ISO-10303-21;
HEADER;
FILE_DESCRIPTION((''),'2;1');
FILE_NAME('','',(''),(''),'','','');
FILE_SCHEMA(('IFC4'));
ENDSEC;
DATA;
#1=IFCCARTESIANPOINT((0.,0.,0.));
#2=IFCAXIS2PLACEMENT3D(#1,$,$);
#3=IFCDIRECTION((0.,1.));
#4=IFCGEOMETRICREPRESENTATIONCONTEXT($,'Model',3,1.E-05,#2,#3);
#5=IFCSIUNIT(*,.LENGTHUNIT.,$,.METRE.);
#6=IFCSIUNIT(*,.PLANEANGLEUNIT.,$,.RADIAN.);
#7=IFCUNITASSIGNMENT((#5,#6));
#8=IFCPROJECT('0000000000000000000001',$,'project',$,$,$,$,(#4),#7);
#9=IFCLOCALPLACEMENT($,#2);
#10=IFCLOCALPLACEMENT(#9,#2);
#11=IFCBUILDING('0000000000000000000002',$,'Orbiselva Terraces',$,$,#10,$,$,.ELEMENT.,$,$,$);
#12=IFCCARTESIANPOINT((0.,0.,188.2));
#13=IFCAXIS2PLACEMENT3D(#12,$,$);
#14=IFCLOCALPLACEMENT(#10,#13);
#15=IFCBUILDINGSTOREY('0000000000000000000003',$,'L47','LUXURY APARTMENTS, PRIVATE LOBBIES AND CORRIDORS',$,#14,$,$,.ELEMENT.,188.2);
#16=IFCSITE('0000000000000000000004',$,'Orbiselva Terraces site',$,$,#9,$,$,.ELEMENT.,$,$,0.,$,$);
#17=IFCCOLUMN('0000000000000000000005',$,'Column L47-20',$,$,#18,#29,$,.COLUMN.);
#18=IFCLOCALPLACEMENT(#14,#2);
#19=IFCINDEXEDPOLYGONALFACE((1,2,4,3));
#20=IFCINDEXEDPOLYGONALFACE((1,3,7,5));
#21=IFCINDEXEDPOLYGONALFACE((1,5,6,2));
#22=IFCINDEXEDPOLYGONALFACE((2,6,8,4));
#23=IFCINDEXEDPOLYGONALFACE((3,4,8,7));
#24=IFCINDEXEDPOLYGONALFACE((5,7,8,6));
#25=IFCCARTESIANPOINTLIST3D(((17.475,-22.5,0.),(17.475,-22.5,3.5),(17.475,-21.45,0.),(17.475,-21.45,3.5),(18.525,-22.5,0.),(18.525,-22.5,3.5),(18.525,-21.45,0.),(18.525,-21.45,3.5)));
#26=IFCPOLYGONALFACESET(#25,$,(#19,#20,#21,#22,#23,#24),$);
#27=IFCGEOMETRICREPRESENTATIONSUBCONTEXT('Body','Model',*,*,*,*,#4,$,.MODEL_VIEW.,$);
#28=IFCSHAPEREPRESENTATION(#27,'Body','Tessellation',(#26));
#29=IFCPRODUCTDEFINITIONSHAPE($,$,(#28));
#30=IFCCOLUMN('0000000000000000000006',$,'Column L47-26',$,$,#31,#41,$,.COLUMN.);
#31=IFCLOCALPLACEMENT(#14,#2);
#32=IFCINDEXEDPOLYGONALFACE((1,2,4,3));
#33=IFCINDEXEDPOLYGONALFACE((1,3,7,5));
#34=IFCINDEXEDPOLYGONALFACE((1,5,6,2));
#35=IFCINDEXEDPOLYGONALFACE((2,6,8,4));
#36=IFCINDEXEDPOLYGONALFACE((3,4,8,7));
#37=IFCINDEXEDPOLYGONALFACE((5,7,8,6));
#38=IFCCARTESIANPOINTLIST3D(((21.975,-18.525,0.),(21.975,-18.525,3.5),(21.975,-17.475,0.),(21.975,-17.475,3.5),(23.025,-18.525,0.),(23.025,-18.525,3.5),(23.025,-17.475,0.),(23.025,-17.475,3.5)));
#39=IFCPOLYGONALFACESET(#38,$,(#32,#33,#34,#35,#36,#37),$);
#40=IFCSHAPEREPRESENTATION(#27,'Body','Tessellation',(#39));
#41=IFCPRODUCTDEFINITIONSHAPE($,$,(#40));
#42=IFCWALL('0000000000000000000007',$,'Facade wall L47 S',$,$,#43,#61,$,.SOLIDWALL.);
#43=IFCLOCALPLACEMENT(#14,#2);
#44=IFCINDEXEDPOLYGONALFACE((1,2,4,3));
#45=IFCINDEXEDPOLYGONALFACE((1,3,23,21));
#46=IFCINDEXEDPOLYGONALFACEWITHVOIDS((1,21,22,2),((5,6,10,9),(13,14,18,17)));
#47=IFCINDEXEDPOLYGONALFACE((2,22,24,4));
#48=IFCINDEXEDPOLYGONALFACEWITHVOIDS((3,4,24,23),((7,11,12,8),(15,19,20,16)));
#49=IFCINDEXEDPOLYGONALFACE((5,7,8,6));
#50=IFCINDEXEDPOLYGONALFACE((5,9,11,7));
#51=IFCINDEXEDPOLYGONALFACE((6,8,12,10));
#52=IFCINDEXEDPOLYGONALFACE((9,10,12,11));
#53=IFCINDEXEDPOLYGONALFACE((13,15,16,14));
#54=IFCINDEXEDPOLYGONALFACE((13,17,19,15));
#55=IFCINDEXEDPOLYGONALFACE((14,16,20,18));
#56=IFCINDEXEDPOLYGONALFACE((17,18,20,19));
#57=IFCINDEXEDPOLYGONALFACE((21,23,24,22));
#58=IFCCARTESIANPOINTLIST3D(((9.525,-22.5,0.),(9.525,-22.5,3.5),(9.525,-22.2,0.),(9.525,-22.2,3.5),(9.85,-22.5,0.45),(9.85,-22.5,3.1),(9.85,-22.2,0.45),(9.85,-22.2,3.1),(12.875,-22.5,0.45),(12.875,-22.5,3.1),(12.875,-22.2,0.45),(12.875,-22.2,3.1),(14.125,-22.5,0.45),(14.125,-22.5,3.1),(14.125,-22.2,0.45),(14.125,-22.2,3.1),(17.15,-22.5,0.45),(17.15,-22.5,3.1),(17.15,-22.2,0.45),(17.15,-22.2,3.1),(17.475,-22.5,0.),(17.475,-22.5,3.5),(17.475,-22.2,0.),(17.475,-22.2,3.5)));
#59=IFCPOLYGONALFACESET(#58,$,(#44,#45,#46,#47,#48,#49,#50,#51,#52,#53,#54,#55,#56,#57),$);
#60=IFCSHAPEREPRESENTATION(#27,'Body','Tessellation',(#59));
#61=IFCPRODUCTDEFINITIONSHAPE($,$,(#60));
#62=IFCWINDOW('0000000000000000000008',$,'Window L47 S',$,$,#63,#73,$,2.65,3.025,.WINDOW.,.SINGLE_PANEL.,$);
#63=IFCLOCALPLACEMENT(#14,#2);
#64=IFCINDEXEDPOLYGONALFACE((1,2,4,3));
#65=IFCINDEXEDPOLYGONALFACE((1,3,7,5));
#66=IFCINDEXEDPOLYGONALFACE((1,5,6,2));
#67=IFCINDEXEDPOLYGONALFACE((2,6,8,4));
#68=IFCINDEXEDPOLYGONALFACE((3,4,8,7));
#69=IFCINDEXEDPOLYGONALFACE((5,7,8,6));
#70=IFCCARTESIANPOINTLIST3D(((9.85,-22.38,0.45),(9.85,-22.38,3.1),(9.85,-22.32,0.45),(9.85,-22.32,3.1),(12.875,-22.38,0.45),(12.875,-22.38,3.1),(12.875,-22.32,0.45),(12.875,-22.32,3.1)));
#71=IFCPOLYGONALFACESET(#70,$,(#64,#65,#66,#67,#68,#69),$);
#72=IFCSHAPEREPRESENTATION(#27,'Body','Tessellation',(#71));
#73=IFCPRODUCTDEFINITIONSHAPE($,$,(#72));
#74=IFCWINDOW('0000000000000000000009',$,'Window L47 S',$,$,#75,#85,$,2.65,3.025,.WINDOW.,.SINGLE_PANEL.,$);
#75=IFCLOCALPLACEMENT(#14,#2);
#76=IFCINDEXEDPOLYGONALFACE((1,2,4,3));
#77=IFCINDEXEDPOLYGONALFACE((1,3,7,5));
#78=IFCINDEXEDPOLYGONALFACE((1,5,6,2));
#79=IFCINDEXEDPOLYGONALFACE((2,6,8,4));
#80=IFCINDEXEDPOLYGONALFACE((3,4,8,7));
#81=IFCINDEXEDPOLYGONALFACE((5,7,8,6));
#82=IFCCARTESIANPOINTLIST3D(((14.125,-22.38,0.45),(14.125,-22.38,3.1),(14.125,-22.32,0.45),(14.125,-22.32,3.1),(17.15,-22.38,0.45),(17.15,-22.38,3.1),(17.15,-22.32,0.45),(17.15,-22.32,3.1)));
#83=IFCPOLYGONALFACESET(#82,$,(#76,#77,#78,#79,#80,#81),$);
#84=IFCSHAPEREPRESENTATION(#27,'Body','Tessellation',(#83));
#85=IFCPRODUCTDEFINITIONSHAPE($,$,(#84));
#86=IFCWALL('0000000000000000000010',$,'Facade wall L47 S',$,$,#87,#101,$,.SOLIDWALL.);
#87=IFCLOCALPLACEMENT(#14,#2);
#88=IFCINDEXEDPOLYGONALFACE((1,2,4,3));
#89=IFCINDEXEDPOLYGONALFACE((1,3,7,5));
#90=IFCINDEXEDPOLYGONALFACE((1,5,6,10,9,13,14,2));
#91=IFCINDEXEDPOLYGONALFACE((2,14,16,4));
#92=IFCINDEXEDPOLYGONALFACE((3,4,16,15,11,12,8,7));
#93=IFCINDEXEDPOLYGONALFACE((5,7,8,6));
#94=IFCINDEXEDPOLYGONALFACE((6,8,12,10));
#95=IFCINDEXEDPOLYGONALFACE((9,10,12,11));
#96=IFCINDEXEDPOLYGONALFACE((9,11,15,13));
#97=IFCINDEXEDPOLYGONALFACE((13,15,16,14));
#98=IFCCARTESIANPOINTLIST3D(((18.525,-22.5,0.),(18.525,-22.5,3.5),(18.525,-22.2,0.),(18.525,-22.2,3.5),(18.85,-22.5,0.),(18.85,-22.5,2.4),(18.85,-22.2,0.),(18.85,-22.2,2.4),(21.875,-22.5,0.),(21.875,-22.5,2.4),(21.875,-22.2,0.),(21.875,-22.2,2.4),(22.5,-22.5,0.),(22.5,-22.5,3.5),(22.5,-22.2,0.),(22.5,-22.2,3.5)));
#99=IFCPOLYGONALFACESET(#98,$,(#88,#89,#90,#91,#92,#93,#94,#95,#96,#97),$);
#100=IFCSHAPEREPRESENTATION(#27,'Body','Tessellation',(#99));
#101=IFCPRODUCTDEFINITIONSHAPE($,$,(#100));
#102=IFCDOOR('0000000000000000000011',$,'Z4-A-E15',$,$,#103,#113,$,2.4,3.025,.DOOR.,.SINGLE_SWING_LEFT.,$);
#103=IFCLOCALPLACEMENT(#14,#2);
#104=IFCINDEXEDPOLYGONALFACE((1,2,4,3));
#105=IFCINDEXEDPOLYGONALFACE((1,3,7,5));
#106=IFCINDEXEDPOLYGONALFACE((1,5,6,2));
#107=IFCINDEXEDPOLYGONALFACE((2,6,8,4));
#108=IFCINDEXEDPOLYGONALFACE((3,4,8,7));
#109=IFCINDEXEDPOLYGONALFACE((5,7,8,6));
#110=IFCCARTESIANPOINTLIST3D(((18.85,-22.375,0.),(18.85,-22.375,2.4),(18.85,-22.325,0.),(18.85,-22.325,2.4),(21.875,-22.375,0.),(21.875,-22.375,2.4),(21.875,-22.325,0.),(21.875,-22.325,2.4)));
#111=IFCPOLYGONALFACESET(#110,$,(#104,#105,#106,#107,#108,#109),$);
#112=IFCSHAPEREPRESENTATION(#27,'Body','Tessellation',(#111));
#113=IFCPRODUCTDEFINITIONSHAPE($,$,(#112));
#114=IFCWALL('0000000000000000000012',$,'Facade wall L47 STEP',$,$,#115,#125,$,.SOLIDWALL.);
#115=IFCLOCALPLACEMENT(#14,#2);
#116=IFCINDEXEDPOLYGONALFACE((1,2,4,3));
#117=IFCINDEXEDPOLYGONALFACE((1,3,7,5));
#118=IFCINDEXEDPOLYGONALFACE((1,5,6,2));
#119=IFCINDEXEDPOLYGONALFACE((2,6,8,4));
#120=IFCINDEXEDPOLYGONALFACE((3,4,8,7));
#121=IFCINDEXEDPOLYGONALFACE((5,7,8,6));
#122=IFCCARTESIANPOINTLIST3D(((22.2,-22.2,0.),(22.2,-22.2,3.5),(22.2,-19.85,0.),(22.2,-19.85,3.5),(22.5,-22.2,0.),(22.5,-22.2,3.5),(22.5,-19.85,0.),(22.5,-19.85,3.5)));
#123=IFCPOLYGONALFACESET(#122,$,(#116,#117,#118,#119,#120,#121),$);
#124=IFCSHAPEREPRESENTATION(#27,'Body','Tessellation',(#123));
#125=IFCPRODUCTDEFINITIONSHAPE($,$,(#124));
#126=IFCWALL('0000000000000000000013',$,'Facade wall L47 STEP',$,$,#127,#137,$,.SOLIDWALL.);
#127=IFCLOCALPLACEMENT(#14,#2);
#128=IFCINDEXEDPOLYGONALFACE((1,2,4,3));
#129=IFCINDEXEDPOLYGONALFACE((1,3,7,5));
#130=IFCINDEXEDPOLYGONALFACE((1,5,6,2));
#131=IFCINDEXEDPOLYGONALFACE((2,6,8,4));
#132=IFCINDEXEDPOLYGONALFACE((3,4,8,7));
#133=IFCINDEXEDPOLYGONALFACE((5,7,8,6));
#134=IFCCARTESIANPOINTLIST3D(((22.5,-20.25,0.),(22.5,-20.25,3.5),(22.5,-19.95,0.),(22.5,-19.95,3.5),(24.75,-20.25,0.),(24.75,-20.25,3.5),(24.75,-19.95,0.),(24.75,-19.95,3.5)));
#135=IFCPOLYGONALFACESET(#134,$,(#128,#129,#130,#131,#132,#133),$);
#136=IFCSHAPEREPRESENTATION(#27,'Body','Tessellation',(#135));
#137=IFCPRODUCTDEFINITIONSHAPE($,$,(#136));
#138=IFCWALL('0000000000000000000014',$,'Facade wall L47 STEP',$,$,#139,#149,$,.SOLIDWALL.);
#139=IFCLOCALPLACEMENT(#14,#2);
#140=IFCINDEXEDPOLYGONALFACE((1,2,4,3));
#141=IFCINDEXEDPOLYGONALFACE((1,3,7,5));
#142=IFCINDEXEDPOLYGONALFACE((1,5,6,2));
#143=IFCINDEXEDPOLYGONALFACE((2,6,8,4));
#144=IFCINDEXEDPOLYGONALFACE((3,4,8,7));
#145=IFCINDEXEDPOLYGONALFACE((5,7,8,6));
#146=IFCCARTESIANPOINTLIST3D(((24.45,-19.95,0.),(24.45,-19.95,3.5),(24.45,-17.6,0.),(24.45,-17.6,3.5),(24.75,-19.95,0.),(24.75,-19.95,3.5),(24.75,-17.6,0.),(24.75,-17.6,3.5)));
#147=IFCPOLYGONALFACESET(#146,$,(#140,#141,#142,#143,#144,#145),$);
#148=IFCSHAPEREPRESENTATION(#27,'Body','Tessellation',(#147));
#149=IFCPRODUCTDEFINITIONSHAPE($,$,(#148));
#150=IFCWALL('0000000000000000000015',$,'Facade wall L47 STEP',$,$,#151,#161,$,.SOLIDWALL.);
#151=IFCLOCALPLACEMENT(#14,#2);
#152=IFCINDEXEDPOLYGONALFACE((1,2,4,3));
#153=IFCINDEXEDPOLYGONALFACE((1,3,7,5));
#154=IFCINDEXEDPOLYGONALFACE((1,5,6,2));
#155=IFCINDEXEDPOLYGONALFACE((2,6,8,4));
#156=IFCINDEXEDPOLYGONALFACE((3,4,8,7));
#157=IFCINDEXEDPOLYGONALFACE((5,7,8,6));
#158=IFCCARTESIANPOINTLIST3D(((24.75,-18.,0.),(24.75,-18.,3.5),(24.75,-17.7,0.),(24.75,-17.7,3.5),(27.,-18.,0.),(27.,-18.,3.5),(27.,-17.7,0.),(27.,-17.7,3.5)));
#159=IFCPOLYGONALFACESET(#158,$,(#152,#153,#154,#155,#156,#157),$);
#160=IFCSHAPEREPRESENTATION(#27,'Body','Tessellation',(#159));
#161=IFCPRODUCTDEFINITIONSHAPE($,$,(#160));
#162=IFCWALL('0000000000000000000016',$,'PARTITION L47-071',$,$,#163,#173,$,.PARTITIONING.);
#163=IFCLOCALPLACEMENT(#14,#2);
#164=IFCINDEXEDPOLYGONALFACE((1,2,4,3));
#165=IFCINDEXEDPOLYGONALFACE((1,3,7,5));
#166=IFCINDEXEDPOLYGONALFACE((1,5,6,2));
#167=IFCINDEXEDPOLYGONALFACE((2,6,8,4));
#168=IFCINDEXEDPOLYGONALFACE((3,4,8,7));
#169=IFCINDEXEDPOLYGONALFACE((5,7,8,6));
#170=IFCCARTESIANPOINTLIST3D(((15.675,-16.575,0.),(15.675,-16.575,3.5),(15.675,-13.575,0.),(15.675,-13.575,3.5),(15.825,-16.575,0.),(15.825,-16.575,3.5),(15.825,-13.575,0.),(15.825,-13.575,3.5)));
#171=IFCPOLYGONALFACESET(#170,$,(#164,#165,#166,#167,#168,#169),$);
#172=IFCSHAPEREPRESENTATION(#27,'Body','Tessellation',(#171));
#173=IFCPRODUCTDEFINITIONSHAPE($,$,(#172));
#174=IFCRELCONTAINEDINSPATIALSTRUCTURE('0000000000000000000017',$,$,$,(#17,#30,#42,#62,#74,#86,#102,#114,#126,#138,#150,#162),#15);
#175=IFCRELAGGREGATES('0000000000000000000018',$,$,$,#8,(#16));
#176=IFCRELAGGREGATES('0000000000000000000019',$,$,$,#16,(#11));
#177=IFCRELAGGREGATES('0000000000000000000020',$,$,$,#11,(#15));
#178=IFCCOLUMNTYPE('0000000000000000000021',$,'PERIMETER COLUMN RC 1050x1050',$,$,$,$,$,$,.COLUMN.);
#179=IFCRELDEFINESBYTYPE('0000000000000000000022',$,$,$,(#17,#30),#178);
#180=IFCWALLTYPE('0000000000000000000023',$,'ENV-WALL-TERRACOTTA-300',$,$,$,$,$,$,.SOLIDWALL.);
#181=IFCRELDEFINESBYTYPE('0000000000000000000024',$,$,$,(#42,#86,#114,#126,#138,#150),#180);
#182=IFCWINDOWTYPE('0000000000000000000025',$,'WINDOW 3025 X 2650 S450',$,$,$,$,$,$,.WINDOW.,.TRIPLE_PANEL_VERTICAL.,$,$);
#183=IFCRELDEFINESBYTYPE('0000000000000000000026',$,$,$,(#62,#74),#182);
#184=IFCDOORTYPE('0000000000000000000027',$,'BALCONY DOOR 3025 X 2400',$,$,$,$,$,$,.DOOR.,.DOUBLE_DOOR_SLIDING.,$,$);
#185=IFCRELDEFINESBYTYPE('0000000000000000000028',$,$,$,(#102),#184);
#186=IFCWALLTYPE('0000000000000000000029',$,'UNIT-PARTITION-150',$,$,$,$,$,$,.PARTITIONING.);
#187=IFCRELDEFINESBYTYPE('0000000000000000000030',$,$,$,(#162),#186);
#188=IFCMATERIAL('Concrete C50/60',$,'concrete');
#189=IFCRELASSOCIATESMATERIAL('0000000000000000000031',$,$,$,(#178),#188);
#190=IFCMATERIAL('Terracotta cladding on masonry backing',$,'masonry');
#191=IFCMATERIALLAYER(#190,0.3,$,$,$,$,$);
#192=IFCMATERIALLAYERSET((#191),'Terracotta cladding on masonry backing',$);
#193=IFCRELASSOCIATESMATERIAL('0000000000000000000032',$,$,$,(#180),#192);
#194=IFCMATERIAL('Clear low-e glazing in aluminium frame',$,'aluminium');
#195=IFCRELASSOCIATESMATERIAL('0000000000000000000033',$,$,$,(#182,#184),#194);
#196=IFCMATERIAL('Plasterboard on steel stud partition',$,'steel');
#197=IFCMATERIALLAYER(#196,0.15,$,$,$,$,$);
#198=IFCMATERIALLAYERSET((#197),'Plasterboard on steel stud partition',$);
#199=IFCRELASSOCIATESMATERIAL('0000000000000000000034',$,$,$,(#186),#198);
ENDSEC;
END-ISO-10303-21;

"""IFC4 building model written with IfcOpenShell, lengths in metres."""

from ifc_helpers import new_model, si_unit, direction, frame, frame_2d, origin, origin_2d, place, context, subcontext, project, spatial, rectangle, extrude, material, layer, layer_set, material_profile, profile_set, type_object, element, fill, save


model = new_model("IFC4")

# Units and contexts
model_context = context("Model", 3, precision=1e-05, world=origin(), true_north=direction((0.0, 1.0)))
body_context = subcontext(model_context, "Body", "Model", "MODEL_VIEW")
ifc_project = project(units=[si_unit("LENGTHUNIT", "METRE"), si_unit("PLANEANGLEUNIT", "RADIAN")], contexts=[model_context])

# Site, building, storey
site_placement = place(None, origin())
site = spatial("IfcSite", under=ifc_project, at=site_placement, Name="Orbiselva Terraces site", CompositionType="ELEMENT", RefElevation=0.0)
building_placement = place(site_placement, origin())
building = spatial("IfcBuilding", under=site, at=building_placement, Name="Orbiselva Terraces", CompositionType="ELEMENT")
storey_placement = place(building_placement, frame((0.0, 0.0, 188.2)))
storey = spatial("IfcBuildingStorey", under=building, at=storey_placement, Name="L47", Description="LUXURY APARTMENTS, PRIVATE LOBBIES AND CORRIDORS", CompositionType="ELEMENT", Elevation=188.2)

# Columns
ifc_material_1 = material(Name="Concrete C50/60", Category="concrete")
ifc_material_profile = material_profile(ifc_material_1, rectangle(XDim=1.05, YDim=1.05, at=origin_2d()), Name="RC 1050x1050")
ifc_profile_set = profile_set([ifc_material_profile], Name="Concrete C50/60")
column_type = type_object("IfcColumnType", Name="PERIMETER COLUMN RC 1050x1050", PredefinedType="COLUMN", material=ifc_profile_set)
for number, where, z_axis, x_axis, name in (
    (1, (18.0, -21.975, 0.0), (0.0, 0.0, 1.0), (1.0, 0.0, 0.0), "Column L47-20"),
    (2, (22.5, -18.0, 0.0), (0.0, 0.0, 1.0), (1.0, 0.0, 0.0), "Column L47-26"),
):
    element("IfcColumn", number, at=place(storey_placement, frame(where, z_axis=z_axis, x_axis=x_axis)), inside=storey, type_object=column_type, Name=name, PredefinedType="COLUMN", context=body_context, shape_type="SweptSolid", body=[
        extrude(rectangle(XDim=1.05, YDim=1.05, at=origin_2d()), origin(), (0.0, 0.0, 1.0), 3.5),
    ])

# Wall, openings, windows
ifc_material_2 = material(Name="Terracotta cladding on masonry backing", Category="masonry")
ifc_layer_1 = layer(ifc_material_2, 0.3)
ifc_layer_set_1 = layer_set([ifc_layer_1], Name="Terracotta cladding on masonry backing")
wall_type_1 = type_object("IfcWallType", Name="ENV-WALL-TERRACOTTA-300", PredefinedType="SOLIDWALL", material=ifc_layer_set_1)
wall_1_placement = place(storey_placement, frame((17.475, -22.35, 0.0), z_axis=(0.0, 0.0, 1.0), x_axis=(-1.0, 0.0, 0.0)))
wall_1 = element("IfcWall", 3, at=wall_1_placement, inside=storey, type_object=wall_type_1, Name="Facade wall L47 S", PredefinedType="SOLIDWALL", context=body_context, shape_type="SweptSolid", body=[
    extrude(rectangle(XDim=7.95, YDim=0.3, at=frame_2d((3.975, 0.0))), origin(), (0.0, 0.0, 1.0), 3.5),
])
opening_1_placement = place(wall_1_placement, frame((4.6, 0.0, 0.45)))
opening_1 = element("IfcOpeningElement", 4, at=opening_1_placement, cuts=wall_1, PredefinedType="OPENING", context=body_context, shape_type="SweptSolid", body=[
    extrude(rectangle(XDim=3.025, YDim=2.65, at=frame_2d((1.5125, 1.325))), frame((0.0, 0.16, 0.0), z_axis=(0.0, -1.0, 0.0), x_axis=(1.0, 0.0, 0.0)), (0.0, 0.0, 1.0), 0.32),
])
opening_2_placement = place(wall_1_placement, frame((0.325, 0.0, 0.45)))
opening_2 = element("IfcOpeningElement", 5, at=opening_2_placement, cuts=wall_1, PredefinedType="OPENING", context=body_context, shape_type="SweptSolid", body=[
    extrude(rectangle(XDim=3.025, YDim=2.65, at=frame_2d((1.5125, 1.325))), frame((0.0, 0.16, 0.0), z_axis=(0.0, -1.0, 0.0), x_axis=(1.0, 0.0, 0.0)), (0.0, 0.0, 1.0), 0.32),
])
ifc_material_3 = material(Name="Clear low-e glazing in aluminium frame", Category="aluminium")
window_type = type_object("IfcWindowType", Name="WINDOW 3025 X 2650 S450", PartitioningType="TRIPLE_PANEL_VERTICAL", PredefinedType="WINDOW", material=ifc_material_3)
window_1_placement = place(opening_1_placement, origin())
window_1 = element("IfcWindow", 6, at=window_1_placement, inside=storey, type_object=window_type, Name="Window L47 S", OverallHeight=2.65, OverallWidth=3.025, PartitioningType="SINGLE_PANEL", PredefinedType="WINDOW", context=body_context, shape_type="SweptSolid", body=[
    extrude(rectangle(XDim=3.025, YDim=2.65, at=frame_2d((1.5125, 1.325))), frame((0.0, 0.03, 0.0), z_axis=(0.0, -1.0, 0.0), x_axis=(1.0, 0.0, 0.0)), (0.0, 0.0, 1.0), 0.06),
])
fill(opening_1, window_1)
window_2_placement = place(opening_2_placement, origin())
window_2 = element("IfcWindow", 7, at=window_2_placement, inside=storey, type_object=window_type, Name="Window L47 S", OverallHeight=2.65, OverallWidth=3.025, PartitioningType="SINGLE_PANEL", PredefinedType="WINDOW", context=body_context, shape_type="SweptSolid", body=[
    extrude(rectangle(XDim=3.025, YDim=2.65, at=frame_2d((1.5125, 1.325))), frame((0.0, 0.03, 0.0), z_axis=(0.0, -1.0, 0.0), x_axis=(1.0, 0.0, 0.0)), (0.0, 0.0, 1.0), 0.06),
])
fill(opening_2, window_2)

# Wall, opening, door
wall_2_placement = place(storey_placement, frame((22.5, -22.35, 0.0), z_axis=(0.0, 0.0, 1.0), x_axis=(-1.0, 0.0, 0.0)))
wall_2 = element("IfcWall", 8, at=wall_2_placement, inside=storey, type_object=wall_type_1, Name="Facade wall L47 S", PredefinedType="SOLIDWALL", context=body_context, shape_type="SweptSolid", body=[
    extrude(rectangle(XDim=3.975, YDim=0.3, at=frame_2d((1.9875, 0.0))), origin(), (0.0, 0.0, 1.0), 3.5),
])
opening_3_placement = place(wall_2_placement, frame((0.625, 0.0, 0.0)))
opening_3 = element("IfcOpeningElement", 9, at=opening_3_placement, cuts=wall_2, PredefinedType="OPENING", context=body_context, shape_type="SweptSolid", body=[
    extrude(rectangle(XDim=3.025, YDim=2.4, at=frame_2d((1.5125, 1.2))), frame((0.0, 0.16, 0.0), z_axis=(0.0, -1.0, 0.0), x_axis=(1.0, 0.0, 0.0)), (0.0, 0.0, 1.0), 0.32),
])
door_type = type_object("IfcDoorType", Name="BALCONY DOOR 3025 X 2400", OperationType="DOUBLE_DOOR_SLIDING", PredefinedType="DOOR", material=ifc_material_3)
door_placement = place(opening_3_placement, origin())
door = element("IfcDoor", 10, at=door_placement, inside=storey, type_object=door_type, Name="Z4-A-E15", OperationType="SINGLE_SWING_LEFT", OverallHeight=2.4, OverallWidth=3.025, PredefinedType="DOOR", context=body_context, shape_type="SweptSolid", body=[
    extrude(rectangle(XDim=3.025, YDim=2.4, at=frame_2d((1.5125, 1.2))), frame((0.0, 0.025, 0.0), z_axis=(0.0, -1.0, 0.0), x_axis=(1.0, 0.0, 0.0)), (0.0, 0.0, 1.0), 0.05),
])
fill(opening_3, door)

# Walls
wall_3_placement = place(storey_placement, frame((22.35, -19.85, 0.0), z_axis=(0.0, 0.0, 1.0), x_axis=(0.0, -1.0, 0.0)))
element("IfcWall", 11, at=wall_3_placement, inside=storey, type_object=wall_type_1, Name="Facade wall L47 STEP", PredefinedType="SOLIDWALL", context=body_context, shape_type="SweptSolid", body=[
    extrude(rectangle(XDim=2.35, YDim=0.3, at=frame_2d((1.175, 0.0))), origin(), (0.0, 0.0, 1.0), 3.5),
])
wall_4_placement = place(storey_placement, frame((24.75, -20.1, 0.0), z_axis=(0.0, 0.0, 1.0), x_axis=(-1.0, 0.0, 0.0)))
element("IfcWall", 12, at=wall_4_placement, inside=storey, type_object=wall_type_1, Name="Facade wall L47 STEP", PredefinedType="SOLIDWALL", context=body_context, shape_type="SweptSolid", body=[
    extrude(rectangle(XDim=2.25, YDim=0.3, at=frame_2d((1.125, 0.0))), origin(), (0.0, 0.0, 1.0), 3.5),
])
wall_5_placement = place(storey_placement, frame((24.6, -17.6, 0.0), z_axis=(0.0, 0.0, 1.0), x_axis=(0.0, -1.0, 0.0)))
element("IfcWall", 13, at=wall_5_placement, inside=storey, type_object=wall_type_1, Name="Facade wall L47 STEP", PredefinedType="SOLIDWALL", context=body_context, shape_type="SweptSolid", body=[
    extrude(rectangle(XDim=2.35, YDim=0.3, at=frame_2d((1.175, 0.0))), origin(), (0.0, 0.0, 1.0), 3.5),
])
wall_6_placement = place(storey_placement, frame((27.0, -17.85, 0.0), z_axis=(0.0, 0.0, 1.0), x_axis=(-1.0, 0.0, 0.0)))
element("IfcWall", 14, at=wall_6_placement, inside=storey, type_object=wall_type_1, Name="Facade wall L47 STEP", PredefinedType="SOLIDWALL", context=body_context, shape_type="SweptSolid", body=[
    extrude(rectangle(XDim=2.25, YDim=0.3, at=frame_2d((1.125, 0.0))), origin(), (0.0, 0.0, 1.0), 3.5),
])
ifc_material_4 = material(Name="Plasterboard on steel stud partition", Category="steel")
ifc_layer_2 = layer(ifc_material_4, 0.15)
ifc_layer_set_2 = layer_set([ifc_layer_2], Name="Plasterboard on steel stud partition")
wall_type_2 = type_object("IfcWallType", Name="UNIT-PARTITION-150", PredefinedType="PARTITIONING", material=ifc_layer_set_2)
wall_7_placement = place(storey_placement, frame((15.75, -16.575, 0.0), z_axis=(0.0, 0.0, 1.0), x_axis=(0.0, 1.0, 0.0)))
element("IfcWall", 15, at=wall_7_placement, inside=storey, type_object=wall_type_2, Name="PARTITION L47-071", PredefinedType="PARTITIONING", context=body_context, shape_type="SweptSolid", body=[
    extrude(rectangle(XDim=3.0, YDim=0.15, at=frame_2d((1.5, 0.0))), origin(), (0.0, 0.0, 1.0), 3.5),
])

save(model, "model.ifc")
